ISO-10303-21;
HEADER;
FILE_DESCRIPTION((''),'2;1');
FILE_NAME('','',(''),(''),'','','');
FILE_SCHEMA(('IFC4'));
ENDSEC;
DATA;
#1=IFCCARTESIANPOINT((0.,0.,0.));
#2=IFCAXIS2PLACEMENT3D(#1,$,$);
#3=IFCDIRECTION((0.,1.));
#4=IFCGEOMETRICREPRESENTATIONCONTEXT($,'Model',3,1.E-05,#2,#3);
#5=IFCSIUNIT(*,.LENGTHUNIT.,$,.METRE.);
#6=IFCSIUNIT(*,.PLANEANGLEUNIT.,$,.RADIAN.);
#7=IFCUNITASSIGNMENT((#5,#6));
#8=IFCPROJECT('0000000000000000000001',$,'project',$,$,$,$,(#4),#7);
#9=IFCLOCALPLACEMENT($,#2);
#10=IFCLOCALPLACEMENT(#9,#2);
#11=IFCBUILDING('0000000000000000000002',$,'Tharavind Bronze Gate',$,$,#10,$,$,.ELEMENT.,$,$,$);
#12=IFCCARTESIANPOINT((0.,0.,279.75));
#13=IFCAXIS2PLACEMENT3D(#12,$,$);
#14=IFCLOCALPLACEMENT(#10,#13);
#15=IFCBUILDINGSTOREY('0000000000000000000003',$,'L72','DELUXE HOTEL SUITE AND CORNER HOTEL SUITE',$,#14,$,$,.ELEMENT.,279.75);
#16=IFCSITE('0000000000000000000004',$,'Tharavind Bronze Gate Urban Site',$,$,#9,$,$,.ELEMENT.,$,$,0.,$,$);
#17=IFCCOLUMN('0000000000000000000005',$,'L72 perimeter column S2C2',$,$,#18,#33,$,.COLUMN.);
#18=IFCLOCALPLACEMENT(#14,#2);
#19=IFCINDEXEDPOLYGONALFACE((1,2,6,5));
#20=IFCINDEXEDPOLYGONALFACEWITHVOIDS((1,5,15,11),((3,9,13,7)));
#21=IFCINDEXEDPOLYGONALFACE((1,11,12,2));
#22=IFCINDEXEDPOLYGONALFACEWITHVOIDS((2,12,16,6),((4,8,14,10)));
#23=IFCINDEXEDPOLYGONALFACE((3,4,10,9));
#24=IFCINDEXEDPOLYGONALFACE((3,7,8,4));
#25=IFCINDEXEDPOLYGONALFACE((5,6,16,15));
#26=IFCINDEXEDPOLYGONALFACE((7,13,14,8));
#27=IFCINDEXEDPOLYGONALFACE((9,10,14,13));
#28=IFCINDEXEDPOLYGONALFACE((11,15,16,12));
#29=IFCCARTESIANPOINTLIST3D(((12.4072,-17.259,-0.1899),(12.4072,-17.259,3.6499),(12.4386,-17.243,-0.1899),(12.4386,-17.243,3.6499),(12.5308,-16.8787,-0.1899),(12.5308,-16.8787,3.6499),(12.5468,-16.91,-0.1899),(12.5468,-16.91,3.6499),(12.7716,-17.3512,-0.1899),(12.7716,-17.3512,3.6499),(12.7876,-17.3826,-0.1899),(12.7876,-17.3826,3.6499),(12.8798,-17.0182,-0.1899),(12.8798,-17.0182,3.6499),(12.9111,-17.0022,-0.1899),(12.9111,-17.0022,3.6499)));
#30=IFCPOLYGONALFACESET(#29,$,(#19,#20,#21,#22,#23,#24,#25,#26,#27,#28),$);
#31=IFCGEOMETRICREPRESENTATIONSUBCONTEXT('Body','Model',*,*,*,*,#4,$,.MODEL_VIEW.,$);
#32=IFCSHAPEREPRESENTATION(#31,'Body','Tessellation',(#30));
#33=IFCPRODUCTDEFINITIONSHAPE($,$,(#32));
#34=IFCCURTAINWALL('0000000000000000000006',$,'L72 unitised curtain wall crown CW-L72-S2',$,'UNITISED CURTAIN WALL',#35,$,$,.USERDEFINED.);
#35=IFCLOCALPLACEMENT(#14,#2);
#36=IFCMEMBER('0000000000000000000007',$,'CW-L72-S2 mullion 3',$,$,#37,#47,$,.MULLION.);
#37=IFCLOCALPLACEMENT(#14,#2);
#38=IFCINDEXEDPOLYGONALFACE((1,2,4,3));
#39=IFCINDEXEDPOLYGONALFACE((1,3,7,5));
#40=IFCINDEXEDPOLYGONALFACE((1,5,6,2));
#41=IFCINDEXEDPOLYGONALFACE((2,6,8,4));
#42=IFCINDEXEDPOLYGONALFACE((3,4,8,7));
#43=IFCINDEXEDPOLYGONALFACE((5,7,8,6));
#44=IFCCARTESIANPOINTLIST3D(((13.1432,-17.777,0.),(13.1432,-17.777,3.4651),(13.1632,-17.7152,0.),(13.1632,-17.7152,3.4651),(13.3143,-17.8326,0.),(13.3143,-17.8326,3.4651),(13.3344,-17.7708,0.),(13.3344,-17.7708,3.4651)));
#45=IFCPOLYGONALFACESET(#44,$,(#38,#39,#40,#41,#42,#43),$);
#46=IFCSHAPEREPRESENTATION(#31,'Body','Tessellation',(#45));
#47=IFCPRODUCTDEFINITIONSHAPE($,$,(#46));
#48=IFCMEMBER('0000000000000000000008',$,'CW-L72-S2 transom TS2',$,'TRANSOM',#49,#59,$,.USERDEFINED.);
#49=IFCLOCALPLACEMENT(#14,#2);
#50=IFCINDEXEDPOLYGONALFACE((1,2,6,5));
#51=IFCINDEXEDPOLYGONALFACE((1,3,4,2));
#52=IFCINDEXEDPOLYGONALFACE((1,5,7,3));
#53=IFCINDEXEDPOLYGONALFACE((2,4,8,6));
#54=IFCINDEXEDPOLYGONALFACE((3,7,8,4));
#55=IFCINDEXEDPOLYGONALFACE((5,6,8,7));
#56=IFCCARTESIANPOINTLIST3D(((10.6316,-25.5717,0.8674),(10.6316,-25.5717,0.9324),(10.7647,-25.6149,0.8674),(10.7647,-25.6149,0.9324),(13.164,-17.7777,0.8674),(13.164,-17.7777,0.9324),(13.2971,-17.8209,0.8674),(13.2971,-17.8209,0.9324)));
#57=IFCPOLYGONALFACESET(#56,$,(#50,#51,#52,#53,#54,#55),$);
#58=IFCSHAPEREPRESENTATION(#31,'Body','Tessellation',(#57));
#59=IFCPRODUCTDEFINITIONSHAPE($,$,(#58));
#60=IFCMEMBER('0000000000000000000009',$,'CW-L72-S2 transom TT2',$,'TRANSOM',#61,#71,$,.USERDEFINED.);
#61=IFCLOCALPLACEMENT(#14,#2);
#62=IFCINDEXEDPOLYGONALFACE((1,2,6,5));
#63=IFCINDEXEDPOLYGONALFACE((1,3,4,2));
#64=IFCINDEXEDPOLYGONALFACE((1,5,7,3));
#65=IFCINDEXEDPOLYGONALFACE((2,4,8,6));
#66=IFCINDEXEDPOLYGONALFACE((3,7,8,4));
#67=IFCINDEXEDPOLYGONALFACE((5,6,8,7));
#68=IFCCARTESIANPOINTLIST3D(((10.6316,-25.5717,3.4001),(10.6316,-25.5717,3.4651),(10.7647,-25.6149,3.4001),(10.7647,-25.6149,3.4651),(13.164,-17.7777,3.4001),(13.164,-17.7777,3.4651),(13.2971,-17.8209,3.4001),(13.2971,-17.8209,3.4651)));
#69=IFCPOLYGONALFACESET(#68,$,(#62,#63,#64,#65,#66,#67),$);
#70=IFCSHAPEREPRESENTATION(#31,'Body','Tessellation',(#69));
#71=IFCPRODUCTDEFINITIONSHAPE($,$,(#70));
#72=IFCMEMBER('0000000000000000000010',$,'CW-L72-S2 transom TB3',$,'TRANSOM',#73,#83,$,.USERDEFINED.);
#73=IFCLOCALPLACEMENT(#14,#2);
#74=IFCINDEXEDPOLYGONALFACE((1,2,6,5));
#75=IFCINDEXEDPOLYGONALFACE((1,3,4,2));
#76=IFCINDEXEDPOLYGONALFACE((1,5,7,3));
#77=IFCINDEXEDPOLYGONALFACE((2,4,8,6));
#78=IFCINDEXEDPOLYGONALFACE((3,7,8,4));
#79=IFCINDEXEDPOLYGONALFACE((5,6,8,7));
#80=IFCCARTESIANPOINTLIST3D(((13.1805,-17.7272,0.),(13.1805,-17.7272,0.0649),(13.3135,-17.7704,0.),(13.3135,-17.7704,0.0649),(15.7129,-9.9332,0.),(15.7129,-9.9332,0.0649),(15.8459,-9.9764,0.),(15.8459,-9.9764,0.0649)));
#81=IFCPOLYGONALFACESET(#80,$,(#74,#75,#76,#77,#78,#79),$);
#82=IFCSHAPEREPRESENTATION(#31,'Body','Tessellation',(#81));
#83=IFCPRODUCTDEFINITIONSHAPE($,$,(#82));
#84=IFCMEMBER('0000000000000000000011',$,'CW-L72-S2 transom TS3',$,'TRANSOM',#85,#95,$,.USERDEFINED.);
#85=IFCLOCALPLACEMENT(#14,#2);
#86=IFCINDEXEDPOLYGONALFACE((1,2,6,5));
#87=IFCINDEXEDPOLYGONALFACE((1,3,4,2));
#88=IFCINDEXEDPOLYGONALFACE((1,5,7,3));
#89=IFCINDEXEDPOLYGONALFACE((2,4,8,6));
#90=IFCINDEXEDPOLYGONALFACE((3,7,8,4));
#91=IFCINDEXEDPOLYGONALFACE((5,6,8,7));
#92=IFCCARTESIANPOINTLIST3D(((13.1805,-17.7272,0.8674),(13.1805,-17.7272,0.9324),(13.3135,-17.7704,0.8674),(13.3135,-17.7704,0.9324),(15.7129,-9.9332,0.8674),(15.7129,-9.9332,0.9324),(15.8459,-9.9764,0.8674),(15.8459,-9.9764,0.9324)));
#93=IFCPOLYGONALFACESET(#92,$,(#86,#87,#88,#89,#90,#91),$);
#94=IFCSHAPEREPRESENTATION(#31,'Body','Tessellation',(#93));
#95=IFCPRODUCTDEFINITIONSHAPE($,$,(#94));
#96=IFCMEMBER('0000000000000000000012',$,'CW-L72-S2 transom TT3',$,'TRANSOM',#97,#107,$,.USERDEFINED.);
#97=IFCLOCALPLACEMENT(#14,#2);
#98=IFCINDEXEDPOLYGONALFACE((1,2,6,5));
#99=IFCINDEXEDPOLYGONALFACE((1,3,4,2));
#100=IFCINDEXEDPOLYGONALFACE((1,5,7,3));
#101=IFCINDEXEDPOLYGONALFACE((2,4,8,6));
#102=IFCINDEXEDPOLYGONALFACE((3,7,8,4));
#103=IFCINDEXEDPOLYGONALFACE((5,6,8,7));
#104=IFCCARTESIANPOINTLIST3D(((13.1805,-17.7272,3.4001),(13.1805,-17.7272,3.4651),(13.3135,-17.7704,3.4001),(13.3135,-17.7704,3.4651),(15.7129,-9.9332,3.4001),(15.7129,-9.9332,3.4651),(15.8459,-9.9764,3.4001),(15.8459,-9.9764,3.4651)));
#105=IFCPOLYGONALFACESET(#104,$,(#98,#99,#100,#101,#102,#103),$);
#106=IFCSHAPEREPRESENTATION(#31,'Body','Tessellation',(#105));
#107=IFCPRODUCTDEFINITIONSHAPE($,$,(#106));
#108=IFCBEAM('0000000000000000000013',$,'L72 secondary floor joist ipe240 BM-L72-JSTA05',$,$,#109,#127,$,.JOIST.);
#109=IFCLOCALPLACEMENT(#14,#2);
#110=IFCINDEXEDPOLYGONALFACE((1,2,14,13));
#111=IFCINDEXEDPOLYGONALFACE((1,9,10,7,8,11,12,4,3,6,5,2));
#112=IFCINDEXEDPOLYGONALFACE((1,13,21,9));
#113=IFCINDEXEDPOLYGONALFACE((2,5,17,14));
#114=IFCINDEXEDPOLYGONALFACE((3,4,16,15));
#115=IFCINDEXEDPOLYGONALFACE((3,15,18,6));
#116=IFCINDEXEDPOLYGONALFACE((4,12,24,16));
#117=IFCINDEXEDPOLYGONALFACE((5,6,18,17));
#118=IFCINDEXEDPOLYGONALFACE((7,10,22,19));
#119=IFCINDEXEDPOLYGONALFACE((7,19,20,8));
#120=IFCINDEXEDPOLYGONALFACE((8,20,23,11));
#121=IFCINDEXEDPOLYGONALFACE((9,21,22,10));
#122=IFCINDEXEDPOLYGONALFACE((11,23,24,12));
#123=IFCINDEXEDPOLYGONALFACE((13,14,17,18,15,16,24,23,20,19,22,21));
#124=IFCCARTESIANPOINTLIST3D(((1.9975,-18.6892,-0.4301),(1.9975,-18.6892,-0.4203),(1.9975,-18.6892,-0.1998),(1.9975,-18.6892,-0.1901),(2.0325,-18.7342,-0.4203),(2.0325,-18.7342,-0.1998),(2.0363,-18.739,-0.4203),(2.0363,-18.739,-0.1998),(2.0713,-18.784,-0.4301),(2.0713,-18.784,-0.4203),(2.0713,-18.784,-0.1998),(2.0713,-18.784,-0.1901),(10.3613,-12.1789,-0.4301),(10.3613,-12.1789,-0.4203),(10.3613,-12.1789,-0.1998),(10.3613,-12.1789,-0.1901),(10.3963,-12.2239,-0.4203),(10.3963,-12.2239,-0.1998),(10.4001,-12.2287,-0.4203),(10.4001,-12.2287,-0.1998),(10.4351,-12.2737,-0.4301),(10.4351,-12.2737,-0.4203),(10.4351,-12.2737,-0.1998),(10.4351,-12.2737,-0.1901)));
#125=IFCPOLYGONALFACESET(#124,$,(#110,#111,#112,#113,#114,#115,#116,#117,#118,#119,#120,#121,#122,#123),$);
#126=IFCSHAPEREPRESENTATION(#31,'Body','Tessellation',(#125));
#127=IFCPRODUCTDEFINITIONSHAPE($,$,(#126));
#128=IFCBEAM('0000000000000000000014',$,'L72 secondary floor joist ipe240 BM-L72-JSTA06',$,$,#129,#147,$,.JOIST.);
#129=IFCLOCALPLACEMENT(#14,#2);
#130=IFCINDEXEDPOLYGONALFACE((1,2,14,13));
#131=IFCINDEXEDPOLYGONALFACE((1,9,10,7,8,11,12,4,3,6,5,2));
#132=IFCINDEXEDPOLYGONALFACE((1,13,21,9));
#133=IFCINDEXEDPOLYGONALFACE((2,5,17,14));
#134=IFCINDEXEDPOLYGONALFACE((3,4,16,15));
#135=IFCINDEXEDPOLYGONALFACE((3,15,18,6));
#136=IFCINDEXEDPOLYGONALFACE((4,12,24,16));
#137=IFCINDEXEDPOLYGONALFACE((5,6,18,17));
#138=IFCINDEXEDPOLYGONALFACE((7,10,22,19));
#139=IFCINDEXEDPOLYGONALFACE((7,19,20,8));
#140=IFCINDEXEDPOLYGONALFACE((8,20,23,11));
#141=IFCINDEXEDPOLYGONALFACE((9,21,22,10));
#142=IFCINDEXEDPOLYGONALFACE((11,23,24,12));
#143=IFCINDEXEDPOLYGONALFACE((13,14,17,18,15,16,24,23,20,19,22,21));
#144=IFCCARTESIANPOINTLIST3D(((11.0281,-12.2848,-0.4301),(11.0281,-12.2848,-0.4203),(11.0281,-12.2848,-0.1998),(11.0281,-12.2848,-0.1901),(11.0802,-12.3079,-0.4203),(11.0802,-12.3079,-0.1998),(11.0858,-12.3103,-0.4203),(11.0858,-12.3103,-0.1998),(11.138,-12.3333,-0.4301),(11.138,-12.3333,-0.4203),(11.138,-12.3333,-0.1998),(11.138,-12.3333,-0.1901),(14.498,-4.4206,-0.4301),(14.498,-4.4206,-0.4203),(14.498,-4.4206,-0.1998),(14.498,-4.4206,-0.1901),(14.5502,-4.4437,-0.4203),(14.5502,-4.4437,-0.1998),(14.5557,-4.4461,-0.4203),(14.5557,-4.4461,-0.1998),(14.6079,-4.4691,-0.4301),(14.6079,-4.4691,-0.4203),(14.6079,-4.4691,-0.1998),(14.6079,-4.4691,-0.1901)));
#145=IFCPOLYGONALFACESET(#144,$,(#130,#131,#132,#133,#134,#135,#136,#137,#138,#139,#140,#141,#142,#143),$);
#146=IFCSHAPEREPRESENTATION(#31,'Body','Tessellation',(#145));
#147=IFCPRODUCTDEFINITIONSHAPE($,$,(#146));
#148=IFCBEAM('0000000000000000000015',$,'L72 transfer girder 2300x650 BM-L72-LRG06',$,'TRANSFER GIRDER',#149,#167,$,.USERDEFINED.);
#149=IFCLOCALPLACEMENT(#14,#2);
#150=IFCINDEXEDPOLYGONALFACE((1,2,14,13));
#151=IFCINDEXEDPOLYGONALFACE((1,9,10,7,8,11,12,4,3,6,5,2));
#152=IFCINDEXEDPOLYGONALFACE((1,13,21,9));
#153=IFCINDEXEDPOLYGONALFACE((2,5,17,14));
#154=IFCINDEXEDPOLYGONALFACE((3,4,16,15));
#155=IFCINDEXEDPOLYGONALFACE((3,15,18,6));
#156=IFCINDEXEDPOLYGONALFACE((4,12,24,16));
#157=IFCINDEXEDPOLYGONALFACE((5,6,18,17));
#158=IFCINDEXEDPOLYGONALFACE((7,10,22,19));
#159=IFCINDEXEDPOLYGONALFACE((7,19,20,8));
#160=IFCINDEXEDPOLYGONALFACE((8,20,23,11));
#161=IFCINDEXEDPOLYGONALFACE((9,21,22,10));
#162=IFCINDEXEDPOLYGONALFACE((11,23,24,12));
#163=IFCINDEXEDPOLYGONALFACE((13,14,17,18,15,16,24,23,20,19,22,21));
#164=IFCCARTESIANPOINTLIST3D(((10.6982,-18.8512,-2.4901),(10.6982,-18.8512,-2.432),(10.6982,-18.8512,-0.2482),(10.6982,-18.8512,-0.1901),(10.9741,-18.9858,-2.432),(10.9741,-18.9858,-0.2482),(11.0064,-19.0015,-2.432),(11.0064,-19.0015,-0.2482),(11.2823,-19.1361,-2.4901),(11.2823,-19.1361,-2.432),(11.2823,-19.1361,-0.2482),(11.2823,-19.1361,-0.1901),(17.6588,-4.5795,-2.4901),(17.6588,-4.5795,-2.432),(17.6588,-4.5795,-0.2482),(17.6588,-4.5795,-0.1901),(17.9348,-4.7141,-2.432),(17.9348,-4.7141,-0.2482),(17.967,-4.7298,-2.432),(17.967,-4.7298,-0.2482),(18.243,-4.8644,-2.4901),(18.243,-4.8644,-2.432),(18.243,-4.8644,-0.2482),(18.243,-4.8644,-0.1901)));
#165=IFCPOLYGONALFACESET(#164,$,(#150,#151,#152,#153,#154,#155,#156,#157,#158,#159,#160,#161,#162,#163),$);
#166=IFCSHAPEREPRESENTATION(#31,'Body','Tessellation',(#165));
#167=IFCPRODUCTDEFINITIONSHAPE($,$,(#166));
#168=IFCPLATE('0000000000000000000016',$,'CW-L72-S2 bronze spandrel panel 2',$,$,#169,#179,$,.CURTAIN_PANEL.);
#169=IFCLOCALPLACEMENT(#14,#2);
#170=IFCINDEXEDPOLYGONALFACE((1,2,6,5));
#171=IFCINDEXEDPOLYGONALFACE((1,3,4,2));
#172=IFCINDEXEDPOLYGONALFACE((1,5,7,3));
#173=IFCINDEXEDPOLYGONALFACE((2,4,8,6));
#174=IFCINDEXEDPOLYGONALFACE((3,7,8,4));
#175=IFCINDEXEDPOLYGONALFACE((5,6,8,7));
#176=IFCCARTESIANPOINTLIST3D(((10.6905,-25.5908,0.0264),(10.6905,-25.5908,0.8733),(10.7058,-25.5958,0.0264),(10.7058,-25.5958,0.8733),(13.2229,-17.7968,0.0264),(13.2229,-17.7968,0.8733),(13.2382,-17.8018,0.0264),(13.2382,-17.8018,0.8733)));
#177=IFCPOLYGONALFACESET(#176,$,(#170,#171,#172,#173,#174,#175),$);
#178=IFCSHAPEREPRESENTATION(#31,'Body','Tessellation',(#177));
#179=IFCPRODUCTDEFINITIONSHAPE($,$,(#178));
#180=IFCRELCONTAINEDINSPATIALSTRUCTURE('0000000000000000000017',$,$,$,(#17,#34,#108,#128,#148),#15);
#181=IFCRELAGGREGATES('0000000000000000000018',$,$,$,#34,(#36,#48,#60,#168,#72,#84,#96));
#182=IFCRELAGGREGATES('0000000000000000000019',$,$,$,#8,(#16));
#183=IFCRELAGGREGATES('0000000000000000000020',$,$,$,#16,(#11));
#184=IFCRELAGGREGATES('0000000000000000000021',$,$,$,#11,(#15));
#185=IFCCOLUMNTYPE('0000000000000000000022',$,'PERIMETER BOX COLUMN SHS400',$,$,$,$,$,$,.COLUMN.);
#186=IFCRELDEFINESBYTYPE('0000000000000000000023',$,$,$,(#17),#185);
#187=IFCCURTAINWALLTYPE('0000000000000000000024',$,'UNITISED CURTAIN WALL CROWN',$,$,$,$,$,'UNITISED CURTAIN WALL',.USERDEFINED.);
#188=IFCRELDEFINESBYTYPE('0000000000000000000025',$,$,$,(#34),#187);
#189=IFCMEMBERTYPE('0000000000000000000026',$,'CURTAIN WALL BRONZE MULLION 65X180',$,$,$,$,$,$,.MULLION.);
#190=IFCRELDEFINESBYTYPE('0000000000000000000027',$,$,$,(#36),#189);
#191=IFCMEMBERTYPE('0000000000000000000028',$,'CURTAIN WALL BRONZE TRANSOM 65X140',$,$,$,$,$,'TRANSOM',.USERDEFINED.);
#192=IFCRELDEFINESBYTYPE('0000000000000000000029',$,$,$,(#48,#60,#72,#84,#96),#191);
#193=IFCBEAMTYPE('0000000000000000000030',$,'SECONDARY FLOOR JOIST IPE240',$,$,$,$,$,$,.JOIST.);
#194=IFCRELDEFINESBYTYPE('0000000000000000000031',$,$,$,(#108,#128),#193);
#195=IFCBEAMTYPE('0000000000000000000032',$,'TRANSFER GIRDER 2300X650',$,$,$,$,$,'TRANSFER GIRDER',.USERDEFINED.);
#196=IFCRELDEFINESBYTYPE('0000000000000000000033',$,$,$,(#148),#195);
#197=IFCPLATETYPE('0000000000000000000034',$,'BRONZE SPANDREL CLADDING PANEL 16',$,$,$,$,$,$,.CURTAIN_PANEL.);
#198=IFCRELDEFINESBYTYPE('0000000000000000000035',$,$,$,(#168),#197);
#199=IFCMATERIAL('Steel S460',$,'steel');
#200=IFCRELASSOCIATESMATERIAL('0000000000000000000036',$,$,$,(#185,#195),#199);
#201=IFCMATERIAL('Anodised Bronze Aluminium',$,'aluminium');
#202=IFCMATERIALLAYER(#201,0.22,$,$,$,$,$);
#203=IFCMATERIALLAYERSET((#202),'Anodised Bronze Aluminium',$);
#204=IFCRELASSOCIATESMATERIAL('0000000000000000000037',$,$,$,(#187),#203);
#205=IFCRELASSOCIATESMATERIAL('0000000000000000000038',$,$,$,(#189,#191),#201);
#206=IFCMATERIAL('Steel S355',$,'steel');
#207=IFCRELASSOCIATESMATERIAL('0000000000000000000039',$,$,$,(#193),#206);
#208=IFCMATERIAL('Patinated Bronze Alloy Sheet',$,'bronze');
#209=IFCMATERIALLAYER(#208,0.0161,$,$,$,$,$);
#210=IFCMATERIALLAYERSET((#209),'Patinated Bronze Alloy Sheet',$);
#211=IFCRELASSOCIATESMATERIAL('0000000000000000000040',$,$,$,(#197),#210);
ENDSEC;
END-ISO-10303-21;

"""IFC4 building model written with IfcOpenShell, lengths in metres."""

from ifc_helpers import new_model, si_unit, direction, frame, origin, origin_2d, place, context, subcontext, project, spatial, rectangle, hollow_rectangle, i_section, extrude, material, layer, layer_set, material_profile, profile_set, type_object, element, aggregate, save


model = new_model("IFC4")

# Units and contexts
model_context = context("Model", 3, precision=1e-05, world=origin(), true_north=direction((0.0, 1.0)))
body_context = subcontext(model_context, "Body", "Model", "MODEL_VIEW")
ifc_project = project(units=[si_unit("LENGTHUNIT", "METRE"), si_unit("PLANEANGLEUNIT", "RADIAN")], contexts=[model_context])

# Site, building, storey
site_placement = place(None, origin())
site = spatial("IfcSite", under=ifc_project, at=site_placement, Name="Tharavind Bronze Gate Urban Site", CompositionType="ELEMENT", RefElevation=0.0)
building_placement = place(site_placement, origin())
building = spatial("IfcBuilding", under=site, at=building_placement, Name="Tharavind Bronze Gate", CompositionType="ELEMENT")
storey_placement = place(building_placement, frame((0.0, 0.0, 279.75)))
storey = spatial("IfcBuildingStorey", under=building, at=storey_placement, Name="L72", Description="DELUXE HOTEL SUITE AND CORNER HOTEL SUITE", CompositionType="ELEMENT", Elevation=279.75)

# Column
ifc_material_1 = material(Name="Steel S460", Category="steel")
ifc_material_profile_1 = material_profile(ifc_material_1, hollow_rectangle(XDim=0.3999, YDim=0.3999, WallThickness=0.0249, at=origin_2d()), Name="SHS400X25")
ifc_profile_set_1 = profile_set([ifc_material_profile_1], Name="Steel S460")
column_type = type_object("IfcColumnType", Name="PERIMETER BOX COLUMN SHS400", PredefinedType="COLUMN", material=ifc_profile_set_1)
column_placement = place(storey_placement, frame((12.6592, -17.1306, -0.1899), z_axis=(0.0, 0.0, 1.0), x_axis=(0.309019, 0.951056, 0.0)))
element("IfcColumn", 1, at=column_placement, inside=storey, type_object=column_type, Name="L72 perimeter column S2C2", PredefinedType="COLUMN", context=body_context, shape_type="SweptSolid", body=[
    extrude(hollow_rectangle(XDim=0.3999, YDim=0.3999, WallThickness=0.0249, at=origin_2d()), origin(), (0.0, 0.0, 1.0), 3.8398),
])

# Curtain wall, members
ifc_material_2 = material(Name="Anodised Bronze Aluminium", Category="aluminium")
ifc_layer_1 = layer(ifc_material_2, 0.22)
ifc_layer_set_1 = layer_set([ifc_layer_1], Name="Anodised Bronze Aluminium")
curtain_wall_type = type_object("IfcCurtainWallType", Name="UNITISED CURTAIN WALL CROWN", ElementType="UNITISED CURTAIN WALL", PredefinedType="USERDEFINED", material=ifc_layer_set_1)
curtain_wall_placement = place(storey_placement, origin())
curtain_wall = element("IfcCurtainWall", 2, at=curtain_wall_placement, inside=storey, type_object=curtain_wall_type, Name="L72 unitised curtain wall crown CW-L72-S2", ObjectType="UNITISED CURTAIN WALL", PredefinedType="USERDEFINED")
member_type_1 = type_object("IfcMemberType", Name="CURTAIN WALL BRONZE MULLION 65X180", PredefinedType="MULLION", material=ifc_material_2)
member_1_placement = place(storey_placement, frame((13.2388, -17.7739, 0.0), z_axis=(0.0, 0.0, 1.0), x_axis=(0.309017, 0.951057, 0.0)))
member_1 = element("IfcMember", 3, at=member_1_placement, type_object=member_type_1, Name="CW-L72-S2 mullion 3", PredefinedType="MULLION", context=body_context, shape_type="SweptSolid", body=[
    extrude(rectangle(XDim=0.0649, YDim=0.1799, at=origin_2d()), origin(), (0.0, 0.0, 1.0), 3.4651),
])
member_type_2 = type_object("IfcMemberType", Name="CURTAIN WALL BRONZE TRANSOM 65X140", ElementType="TRANSOM", PredefinedType="USERDEFINED", material=ifc_material_2)
member_2_placement = place(storey_placement, frame((11.9644, -21.6963, 0.8674), z_axis=(0.0, 0.0, 1.0), x_axis=(0.309017, 0.951057, 0.0)))
member_2 = element("IfcMember", 4, at=member_2_placement, type_object=member_type_2, Name="CW-L72-S2 transom TS2", ObjectType="TRANSOM", PredefinedType="USERDEFINED", context=body_context, shape_type="SweptSolid", body=[
    extrude(rectangle(XDim=8.1951, YDim=0.1399, at=origin_2d()), origin(), (0.0, 0.0, 1.0), 0.0649),
])
member_3_placement = place(storey_placement, frame((11.9644, -21.6963, 3.4001), z_axis=(0.0, 0.0, 1.0), x_axis=(0.309017, 0.951057, 0.0)))
member_3 = element("IfcMember", 5, at=member_3_placement, type_object=member_type_2, Name="CW-L72-S2 transom TT2", ObjectType="TRANSOM", PredefinedType="USERDEFINED", context=body_context, shape_type="SweptSolid", body=[
    extrude(rectangle(XDim=8.1951, YDim=0.1399, at=origin_2d()), origin(), (0.0, 0.0, 1.0), 0.0649),
])
member_4_placement = place(storey_placement, frame((14.5132, -13.8518, 0.0), z_axis=(0.0, 0.0, 1.0), x_axis=(0.309017, 0.951057, 0.0)))
member_4 = element("IfcMember", 6, at=member_4_placement, type_object=member_type_2, Name="CW-L72-S2 transom TB3", ObjectType="TRANSOM", PredefinedType="USERDEFINED", context=body_context, shape_type="SweptSolid", body=[
    extrude(rectangle(XDim=8.1951, YDim=0.1399, at=origin_2d()), origin(), (0.0, 0.0, 1.0), 0.0649),
])
member_5_placement = place(storey_placement, frame((14.5132, -13.8518, 0.8674), z_axis=(0.0, 0.0, 1.0), x_axis=(0.309017, 0.951057, 0.0)))
member_5 = element("IfcMember", 7, at=member_5_placement, type_object=member_type_2, Name="CW-L72-S2 transom TS3", ObjectType="TRANSOM", PredefinedType="USERDEFINED", context=body_context, shape_type="SweptSolid", body=[
    extrude(rectangle(XDim=8.1951, YDim=0.1399, at=origin_2d()), origin(), (0.0, 0.0, 1.0), 0.0649),
])
member_6_placement = place(storey_placement, frame((14.5132, -13.8518, 3.4001), z_axis=(0.0, 0.0, 1.0), x_axis=(0.309017, 0.951057, 0.0)))
member_6 = element("IfcMember", 8, at=member_6_placement, type_object=member_type_2, Name="CW-L72-S2 transom TT3", ObjectType="TRANSOM", PredefinedType="USERDEFINED", context=body_context, shape_type="SweptSolid", body=[
    extrude(rectangle(XDim=8.1951, YDim=0.1399, at=origin_2d()), origin(), (0.0, 0.0, 1.0), 0.0649),
])

# Beams
ifc_material_3 = material(Name="Steel S355", Category="steel")
ifc_material_profile_2 = material_profile(ifc_material_3, i_section(OverallWidth=0.1201, OverallDepth=0.24, WebThickness=0.0061, FlangeThickness=0.0098, at=origin_2d()), Name="IPE240")
ifc_profile_set_2 = profile_set([ifc_material_profile_2], Name="Steel S355")
beam_type_1 = type_object("IfcBeamType", Name="SECONDARY FLOOR JOIST IPE240", PredefinedType="JOIST", material=ifc_profile_set_2)
beam_1_placement = place(storey_placement, frame((2.0344, -18.7366, -0.3101), z_axis=(0.789119, 0.61424, 0.0), x_axis=(-0.61424, 0.789119, 0.0)))
element("IfcBeam", 9, at=beam_1_placement, inside=storey, type_object=beam_type_1, Name="L72 secondary floor joist ipe240 BM-L72-JSTA05", PredefinedType="JOIST", context=body_context, shape_type="SweptSolid", body=[
    extrude(i_section(OverallWidth=0.1201, OverallDepth=0.24, WebThickness=0.0061, FlangeThickness=0.0098, at=origin_2d()), origin(), (0.0, 0.0, 1.0), 10.5989),
])
beam_2_placement = place(storey_placement, frame((11.083, -12.3091, -0.3101), z_axis=(0.403684, 0.914899, 0.0), x_axis=(-0.914899, 0.403684, 0.0)))
element("IfcBeam", 10, at=beam_2_placement, inside=storey, type_object=beam_type_1, Name="L72 secondary floor joist ipe240 BM-L72-JSTA06", PredefinedType="JOIST", context=body_context, shape_type="SweptSolid", body=[
    extrude(i_section(OverallWidth=0.1201, OverallDepth=0.24, WebThickness=0.0061, FlangeThickness=0.0098, at=origin_2d()), origin(), (0.0, 0.0, 1.0), 8.5957),
])
ifc_material_profile_3 = material_profile(ifc_material_1, i_section(OverallWidth=0.6499, OverallDepth=2.3, WebThickness=0.0359, FlangeThickness=0.0581, at=origin_2d()), Name="PG2300X650")
ifc_profile_set_3 = profile_set([ifc_material_profile_3], Name="Steel S460")
beam_type_2 = type_object("IfcBeamType", Name="TRANSFER GIRDER 2300X650", ElementType="TRANSFER GIRDER", PredefinedType="USERDEFINED", material=ifc_profile_set_3)
beam_3_placement = place(storey_placement, frame((10.9902, -18.9937, -1.3401), z_axis=(0.438366, 0.898796, 0.0), x_axis=(-0.898796, 0.438366, 0.0)))
element("IfcBeam", 11, at=beam_3_placement, inside=storey, type_object=beam_type_2, Name="L72 transfer girder 2300x650 BM-L72-LRG06", ObjectType="TRANSFER GIRDER", PredefinedType="USERDEFINED", context=body_context, shape_type="SweptSolid", body=[
    extrude(i_section(OverallWidth=0.6499, OverallDepth=2.3, WebThickness=0.0359, FlangeThickness=0.0581, at=origin_2d()), origin(), (0.0, 0.0, 1.0), 15.8787),
])

# Plate
ifc_material_4 = material(Name="Patinated Bronze Alloy Sheet", Category="bronze")
ifc_layer_2 = layer(ifc_material_4, 0.0161)
ifc_layer_set_2 = layer_set([ifc_layer_2], Name="Patinated Bronze Alloy Sheet")
plate_type_1 = type_object("IfcPlateType", Name="BRONZE SPANDREL CLADDING PANEL 16", PredefinedType="CURTAIN_PANEL", material=ifc_layer_set_2)
plate_1_placement = place(storey_placement, frame((11.9644, -21.6963, 0.0264), z_axis=(0.0, 0.0, 1.0), x_axis=(0.309017, 0.951057, 0.0)))
plate_1 = element("IfcPlate", 12, at=plate_1_placement, type_object=plate_type_1, Name="CW-L72-S2 bronze spandrel panel 2", PredefinedType="CURTAIN_PANEL", context=body_context, shape_type="SweptSolid", body=[
    extrude(rectangle(XDim=8.1951, YDim=0.0161, at=origin_2d()), origin(), (0.0, 0.0, 1.0), 0.8469),
])
aggregate(curtain_wall, [member_1, member_2, member_3, plate_1, member_4, member_5, member_6])

save(model, "model.ifc")
